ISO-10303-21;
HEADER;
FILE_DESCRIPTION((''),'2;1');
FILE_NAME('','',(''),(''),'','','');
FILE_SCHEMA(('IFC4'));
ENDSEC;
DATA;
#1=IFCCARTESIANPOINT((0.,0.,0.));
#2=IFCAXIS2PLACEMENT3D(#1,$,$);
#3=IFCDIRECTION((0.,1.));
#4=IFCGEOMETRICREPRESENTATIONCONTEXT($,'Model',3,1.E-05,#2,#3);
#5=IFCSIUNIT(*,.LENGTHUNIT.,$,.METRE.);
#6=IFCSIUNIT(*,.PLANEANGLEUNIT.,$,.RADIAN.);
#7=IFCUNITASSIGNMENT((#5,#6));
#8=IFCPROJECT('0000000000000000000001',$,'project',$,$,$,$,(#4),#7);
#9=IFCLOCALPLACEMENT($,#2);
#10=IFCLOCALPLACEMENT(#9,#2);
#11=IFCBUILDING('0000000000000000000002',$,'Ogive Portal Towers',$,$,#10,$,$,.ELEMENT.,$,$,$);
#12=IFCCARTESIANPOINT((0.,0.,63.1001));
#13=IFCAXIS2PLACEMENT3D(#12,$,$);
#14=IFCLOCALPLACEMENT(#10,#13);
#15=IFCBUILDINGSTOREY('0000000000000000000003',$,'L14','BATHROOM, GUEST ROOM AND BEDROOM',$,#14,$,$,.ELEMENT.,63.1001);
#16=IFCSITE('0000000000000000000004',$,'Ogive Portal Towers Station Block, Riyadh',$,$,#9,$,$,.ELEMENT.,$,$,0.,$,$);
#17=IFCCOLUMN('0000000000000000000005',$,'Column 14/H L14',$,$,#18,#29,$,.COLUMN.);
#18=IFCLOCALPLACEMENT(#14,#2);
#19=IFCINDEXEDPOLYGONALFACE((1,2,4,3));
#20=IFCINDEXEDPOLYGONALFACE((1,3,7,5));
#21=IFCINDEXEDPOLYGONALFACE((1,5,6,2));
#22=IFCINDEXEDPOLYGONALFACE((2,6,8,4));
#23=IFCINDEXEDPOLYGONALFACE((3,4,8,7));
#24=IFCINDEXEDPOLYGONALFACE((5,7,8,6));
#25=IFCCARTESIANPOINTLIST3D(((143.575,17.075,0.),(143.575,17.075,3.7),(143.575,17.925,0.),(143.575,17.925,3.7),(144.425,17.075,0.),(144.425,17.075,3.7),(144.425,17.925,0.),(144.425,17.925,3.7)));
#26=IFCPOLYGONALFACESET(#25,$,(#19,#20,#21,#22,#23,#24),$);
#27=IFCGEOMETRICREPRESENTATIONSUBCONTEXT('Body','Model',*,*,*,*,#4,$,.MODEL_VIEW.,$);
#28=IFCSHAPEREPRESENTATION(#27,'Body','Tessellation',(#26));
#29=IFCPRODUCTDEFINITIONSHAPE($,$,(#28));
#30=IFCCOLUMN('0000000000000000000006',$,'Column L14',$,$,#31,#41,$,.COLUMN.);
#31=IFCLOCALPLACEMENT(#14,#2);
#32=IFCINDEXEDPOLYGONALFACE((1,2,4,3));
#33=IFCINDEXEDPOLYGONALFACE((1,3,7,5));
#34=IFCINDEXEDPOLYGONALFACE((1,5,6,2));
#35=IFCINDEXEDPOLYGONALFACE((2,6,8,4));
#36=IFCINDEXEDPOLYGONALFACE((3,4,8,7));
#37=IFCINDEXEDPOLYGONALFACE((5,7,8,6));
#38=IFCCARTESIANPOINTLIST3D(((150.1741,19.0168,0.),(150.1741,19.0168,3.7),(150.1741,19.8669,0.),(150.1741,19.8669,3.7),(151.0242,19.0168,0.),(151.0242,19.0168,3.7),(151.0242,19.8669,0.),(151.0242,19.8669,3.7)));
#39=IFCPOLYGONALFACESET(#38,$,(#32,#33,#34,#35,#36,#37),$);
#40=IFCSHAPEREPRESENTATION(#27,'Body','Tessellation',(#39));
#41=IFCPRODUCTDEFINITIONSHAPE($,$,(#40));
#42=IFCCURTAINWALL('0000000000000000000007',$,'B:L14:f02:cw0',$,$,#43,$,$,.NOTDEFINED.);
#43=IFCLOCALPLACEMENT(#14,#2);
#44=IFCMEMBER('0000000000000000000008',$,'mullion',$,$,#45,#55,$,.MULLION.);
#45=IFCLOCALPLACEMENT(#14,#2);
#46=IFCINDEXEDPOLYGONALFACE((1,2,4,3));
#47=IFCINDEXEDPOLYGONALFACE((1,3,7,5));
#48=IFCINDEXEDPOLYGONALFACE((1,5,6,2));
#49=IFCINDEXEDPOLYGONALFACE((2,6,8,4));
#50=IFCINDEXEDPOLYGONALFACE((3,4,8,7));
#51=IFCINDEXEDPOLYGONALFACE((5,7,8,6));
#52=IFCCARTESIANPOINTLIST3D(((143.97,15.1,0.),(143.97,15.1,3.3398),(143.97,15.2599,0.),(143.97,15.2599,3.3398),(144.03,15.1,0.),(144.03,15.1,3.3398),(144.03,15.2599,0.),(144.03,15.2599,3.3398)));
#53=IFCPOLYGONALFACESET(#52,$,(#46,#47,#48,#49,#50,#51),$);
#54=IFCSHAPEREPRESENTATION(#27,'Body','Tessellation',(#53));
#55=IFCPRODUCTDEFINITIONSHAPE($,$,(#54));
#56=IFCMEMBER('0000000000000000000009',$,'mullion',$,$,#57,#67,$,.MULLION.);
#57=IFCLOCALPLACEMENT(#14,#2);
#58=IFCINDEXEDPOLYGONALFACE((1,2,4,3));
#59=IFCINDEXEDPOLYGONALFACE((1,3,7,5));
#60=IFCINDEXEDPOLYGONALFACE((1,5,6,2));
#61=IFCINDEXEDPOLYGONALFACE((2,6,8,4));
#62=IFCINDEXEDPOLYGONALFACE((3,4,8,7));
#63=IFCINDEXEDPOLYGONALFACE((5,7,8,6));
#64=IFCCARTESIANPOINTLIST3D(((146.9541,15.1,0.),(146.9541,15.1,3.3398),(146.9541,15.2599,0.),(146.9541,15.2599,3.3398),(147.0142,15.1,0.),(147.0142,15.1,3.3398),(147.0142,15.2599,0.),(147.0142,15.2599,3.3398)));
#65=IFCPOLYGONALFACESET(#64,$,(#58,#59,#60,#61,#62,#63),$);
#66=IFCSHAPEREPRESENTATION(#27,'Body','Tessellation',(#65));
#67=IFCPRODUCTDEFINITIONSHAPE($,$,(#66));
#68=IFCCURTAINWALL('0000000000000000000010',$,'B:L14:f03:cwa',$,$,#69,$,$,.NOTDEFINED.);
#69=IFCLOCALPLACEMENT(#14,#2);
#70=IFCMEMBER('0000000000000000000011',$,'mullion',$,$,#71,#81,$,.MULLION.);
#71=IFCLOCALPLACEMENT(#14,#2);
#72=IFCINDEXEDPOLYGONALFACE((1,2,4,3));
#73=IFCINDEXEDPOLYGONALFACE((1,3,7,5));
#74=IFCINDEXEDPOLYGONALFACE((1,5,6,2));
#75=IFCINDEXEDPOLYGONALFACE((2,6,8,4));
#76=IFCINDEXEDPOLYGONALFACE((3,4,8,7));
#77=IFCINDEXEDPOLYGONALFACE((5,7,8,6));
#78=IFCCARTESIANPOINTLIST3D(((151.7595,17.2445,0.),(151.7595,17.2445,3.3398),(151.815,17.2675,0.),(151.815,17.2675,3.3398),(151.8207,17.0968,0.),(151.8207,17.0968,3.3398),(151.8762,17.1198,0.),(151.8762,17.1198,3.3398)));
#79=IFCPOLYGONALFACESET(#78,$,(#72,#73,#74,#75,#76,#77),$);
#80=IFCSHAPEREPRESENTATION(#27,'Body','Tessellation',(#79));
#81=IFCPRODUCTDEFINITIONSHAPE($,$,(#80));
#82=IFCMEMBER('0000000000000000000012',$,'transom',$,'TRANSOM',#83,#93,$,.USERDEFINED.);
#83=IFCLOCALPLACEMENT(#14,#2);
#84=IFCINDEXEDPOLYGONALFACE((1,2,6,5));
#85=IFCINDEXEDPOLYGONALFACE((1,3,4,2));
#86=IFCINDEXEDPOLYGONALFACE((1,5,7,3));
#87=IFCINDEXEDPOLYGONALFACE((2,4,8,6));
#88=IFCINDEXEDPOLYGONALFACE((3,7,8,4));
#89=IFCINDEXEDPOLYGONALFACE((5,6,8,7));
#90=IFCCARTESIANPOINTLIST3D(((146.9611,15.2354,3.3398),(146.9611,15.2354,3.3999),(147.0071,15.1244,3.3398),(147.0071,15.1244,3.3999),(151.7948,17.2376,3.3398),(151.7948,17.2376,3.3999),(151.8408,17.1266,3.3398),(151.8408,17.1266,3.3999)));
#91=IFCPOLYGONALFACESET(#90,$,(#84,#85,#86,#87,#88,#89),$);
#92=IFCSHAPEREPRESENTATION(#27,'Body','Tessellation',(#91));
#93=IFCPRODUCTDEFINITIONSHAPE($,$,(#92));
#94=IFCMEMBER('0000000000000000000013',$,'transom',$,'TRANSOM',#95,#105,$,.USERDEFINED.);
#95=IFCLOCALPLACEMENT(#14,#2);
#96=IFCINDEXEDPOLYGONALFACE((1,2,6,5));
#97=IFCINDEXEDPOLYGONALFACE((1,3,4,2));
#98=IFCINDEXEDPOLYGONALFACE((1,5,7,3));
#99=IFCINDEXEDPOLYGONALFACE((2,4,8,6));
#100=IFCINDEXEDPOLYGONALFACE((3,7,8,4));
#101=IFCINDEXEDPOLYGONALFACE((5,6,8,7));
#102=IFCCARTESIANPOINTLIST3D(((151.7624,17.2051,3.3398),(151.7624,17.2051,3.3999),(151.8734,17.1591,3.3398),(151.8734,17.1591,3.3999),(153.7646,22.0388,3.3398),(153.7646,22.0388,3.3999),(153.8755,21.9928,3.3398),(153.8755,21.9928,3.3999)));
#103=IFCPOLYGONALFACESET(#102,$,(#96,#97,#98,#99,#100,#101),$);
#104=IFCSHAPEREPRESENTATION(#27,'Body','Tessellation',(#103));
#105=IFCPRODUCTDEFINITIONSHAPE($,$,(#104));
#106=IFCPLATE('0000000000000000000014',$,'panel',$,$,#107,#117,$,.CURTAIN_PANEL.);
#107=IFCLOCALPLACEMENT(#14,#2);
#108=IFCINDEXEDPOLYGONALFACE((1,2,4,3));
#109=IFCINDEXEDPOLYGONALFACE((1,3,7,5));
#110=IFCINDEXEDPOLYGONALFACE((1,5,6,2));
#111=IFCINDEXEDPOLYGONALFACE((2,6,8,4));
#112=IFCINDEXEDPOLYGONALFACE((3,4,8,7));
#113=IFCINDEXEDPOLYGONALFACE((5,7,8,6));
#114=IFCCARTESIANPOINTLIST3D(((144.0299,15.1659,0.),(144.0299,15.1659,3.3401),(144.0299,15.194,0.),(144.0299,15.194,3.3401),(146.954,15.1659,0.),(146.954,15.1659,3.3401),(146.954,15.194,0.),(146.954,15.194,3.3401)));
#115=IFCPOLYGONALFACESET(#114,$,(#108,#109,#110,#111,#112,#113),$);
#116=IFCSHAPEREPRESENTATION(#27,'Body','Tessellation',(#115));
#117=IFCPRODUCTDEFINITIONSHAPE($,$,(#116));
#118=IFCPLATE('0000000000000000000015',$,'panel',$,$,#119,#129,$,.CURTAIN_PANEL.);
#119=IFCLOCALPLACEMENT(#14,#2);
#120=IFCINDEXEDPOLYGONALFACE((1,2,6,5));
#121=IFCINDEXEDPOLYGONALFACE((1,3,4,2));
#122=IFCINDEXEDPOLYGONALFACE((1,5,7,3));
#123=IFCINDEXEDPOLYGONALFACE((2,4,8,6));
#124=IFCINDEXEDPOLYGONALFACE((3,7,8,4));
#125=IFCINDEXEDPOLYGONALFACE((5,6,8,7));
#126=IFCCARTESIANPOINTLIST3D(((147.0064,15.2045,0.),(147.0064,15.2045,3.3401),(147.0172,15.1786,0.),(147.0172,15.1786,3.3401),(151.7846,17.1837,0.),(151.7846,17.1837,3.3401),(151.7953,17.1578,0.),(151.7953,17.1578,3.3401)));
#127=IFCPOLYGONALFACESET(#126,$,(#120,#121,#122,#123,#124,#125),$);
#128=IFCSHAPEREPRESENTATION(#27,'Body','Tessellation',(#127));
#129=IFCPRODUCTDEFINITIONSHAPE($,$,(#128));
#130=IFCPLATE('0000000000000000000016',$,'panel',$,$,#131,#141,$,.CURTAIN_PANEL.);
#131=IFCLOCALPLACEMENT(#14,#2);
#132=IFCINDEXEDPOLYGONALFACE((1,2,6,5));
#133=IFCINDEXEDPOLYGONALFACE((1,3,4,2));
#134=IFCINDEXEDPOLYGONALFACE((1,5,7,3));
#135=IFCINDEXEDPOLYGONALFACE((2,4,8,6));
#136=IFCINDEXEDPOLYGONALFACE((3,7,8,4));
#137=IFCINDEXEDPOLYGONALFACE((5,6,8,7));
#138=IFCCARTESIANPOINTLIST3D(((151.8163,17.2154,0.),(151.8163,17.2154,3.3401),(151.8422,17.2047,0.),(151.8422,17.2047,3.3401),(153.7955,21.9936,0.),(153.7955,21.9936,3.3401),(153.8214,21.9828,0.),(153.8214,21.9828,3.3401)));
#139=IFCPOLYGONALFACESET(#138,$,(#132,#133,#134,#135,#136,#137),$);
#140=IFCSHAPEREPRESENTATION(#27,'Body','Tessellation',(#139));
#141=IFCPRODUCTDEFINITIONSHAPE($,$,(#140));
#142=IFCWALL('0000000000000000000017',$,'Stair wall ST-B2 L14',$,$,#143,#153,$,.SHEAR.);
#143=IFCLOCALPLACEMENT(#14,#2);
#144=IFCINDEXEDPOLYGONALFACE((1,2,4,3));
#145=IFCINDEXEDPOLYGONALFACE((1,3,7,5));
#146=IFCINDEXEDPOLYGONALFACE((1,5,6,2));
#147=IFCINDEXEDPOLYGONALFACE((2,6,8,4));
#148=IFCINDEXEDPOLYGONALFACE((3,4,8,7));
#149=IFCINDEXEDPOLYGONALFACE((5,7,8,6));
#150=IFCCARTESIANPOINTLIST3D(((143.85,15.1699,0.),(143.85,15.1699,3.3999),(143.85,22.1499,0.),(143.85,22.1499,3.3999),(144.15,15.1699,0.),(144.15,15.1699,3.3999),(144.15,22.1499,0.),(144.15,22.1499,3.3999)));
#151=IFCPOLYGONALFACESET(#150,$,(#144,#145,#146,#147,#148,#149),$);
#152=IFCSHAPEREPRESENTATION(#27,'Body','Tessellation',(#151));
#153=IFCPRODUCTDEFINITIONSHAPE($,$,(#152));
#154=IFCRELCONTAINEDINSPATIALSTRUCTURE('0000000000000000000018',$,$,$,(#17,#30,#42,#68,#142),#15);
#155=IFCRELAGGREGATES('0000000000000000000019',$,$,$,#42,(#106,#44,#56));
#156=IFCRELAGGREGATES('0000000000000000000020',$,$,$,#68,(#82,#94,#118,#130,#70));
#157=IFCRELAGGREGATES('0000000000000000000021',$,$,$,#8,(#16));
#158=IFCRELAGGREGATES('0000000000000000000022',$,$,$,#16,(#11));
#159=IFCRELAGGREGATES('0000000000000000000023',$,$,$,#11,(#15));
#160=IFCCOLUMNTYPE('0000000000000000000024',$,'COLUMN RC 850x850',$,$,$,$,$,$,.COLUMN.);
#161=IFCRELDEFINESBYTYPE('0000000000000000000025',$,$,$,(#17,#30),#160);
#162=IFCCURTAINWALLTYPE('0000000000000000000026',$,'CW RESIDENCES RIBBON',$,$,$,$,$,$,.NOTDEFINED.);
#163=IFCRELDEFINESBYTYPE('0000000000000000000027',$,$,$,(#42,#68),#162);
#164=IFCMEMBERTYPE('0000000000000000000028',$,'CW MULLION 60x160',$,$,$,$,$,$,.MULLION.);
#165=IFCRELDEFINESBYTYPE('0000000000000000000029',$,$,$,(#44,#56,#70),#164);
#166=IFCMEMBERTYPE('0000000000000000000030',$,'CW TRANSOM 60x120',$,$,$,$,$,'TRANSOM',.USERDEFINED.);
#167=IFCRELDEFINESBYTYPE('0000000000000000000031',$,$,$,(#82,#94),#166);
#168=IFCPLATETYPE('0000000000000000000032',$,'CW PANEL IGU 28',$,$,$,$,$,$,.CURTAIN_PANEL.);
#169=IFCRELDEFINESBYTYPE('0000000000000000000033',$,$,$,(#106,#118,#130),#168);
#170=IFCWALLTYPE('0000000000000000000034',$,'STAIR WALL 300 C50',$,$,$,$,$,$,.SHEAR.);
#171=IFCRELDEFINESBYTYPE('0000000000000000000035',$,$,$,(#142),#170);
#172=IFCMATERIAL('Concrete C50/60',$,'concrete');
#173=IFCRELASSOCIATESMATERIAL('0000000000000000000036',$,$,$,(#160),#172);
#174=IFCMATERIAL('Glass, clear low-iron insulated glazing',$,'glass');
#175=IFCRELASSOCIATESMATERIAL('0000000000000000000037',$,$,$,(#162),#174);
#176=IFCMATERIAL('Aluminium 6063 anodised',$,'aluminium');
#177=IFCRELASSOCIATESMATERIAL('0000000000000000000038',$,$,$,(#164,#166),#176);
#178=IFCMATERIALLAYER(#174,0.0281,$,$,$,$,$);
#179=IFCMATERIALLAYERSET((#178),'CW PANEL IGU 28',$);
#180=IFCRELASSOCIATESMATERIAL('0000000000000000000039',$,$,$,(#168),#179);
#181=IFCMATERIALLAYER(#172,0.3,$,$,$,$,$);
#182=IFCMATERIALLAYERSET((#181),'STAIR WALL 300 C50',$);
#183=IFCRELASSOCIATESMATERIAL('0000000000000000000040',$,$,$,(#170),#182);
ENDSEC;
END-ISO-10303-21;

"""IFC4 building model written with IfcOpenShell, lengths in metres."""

from ifc_helpers import new_model, si_unit, direction, frame, frame_2d, origin, origin_2d, place, context, subcontext, project, spatial, rectangle, extrude, material, layer, layer_set, material_profile, profile_set, type_object, element, aggregate, save


model = new_model("IFC4")

# Units and contexts
model_context = context("Model", 3, precision=1e-05, world=origin(), true_north=direction((0.0, 1.0)))
body_context = subcontext(model_context, "Body", "Model", "MODEL_VIEW")
ifc_project = project(units=[si_unit("LENGTHUNIT", "METRE"), si_unit("PLANEANGLEUNIT", "RADIAN")], contexts=[model_context])

# Site, building, storey
site_placement = place(None, origin())
site = spatial("IfcSite", under=ifc_project, at=site_placement, Name="Ogive Portal Towers Station Block, Riyadh", CompositionType="ELEMENT", RefElevation=0.0)
building_placement = place(site_placement, origin())
building = spatial("IfcBuilding", under=site, at=building_placement, Name="Ogive Portal Towers", CompositionType="ELEMENT")
storey_placement = place(building_placement, frame((0.0, 0.0, 63.1001)))
storey = spatial("IfcBuildingStorey", under=building, at=storey_placement, Name="L14", Description="BATHROOM, GUEST ROOM AND BEDROOM", CompositionType="ELEMENT", Elevation=63.1001)

# Columns
ifc_material_1 = material(Name="Concrete C50/60", Category="concrete")
ifc_material_profile_1 = material_profile(ifc_material_1, rectangle(XDim=0.8501, YDim=0.8501, at=origin_2d()), Name="RC 850x850")
ifc_profile_set_1 = profile_set([ifc_material_profile_1], Name="Concrete C50/60")
column_type = type_object("IfcColumnType", Name="COLUMN RC 850x850", PredefinedType="COLUMN", material=ifc_profile_set_1)
for number, where, z_axis, x_axis, name in (
    (1, (144.0, 17.5, 0.0), (0.0, 0.0, 1.0), (1.0, 0.0, 0.0), "Column 14/H L14"),
    (2, (150.5991, 19.4419, 0.0), (0.0, 0.0, 1.0), (1.0, 0.0, 0.0), "Column L14"),
):
    element("IfcColumn", number, at=place(storey_placement, frame(where, z_axis=z_axis, x_axis=x_axis)), inside=storey, type_object=column_type, Name=name, PredefinedType="COLUMN", context=body_context, shape_type="SweptSolid", body=[
        extrude(rectangle(XDim=0.8501, YDim=0.8501, at=origin_2d()), origin(), (0.0, 0.0, 1.0), 3.7),
    ])

# Curtain walls, members
ifc_material_2 = material(Name="Glass, clear low-iron insulated glazing", Category="glass")
curtain_wall_type = type_object("IfcCurtainWallType", Name="CW RESIDENCES RIBBON", PredefinedType="NOTDEFINED", material=ifc_material_2)
curtain_wall_1_placement = place(storey_placement, origin())
curtain_wall_1 = element("IfcCurtainWall", 3, at=curtain_wall_1_placement, inside=storey, type_object=curtain_wall_type, Name="B:L14:f02:cw0", PredefinedType="NOTDEFINED")
ifc_material_3 = material(Name="Aluminium 6063 anodised", Category="aluminium")
ifc_material_profile_2 = material_profile(ifc_material_3, rectangle(XDim=0.1599, YDim=0.0601, at=origin_2d()), Name="AL 60x160")
ifc_profile_set_2 = profile_set([ifc_material_profile_2], Name="Aluminium 6063 anodised")
member_type_1 = type_object("IfcMemberType", Name="CW MULLION 60x160", PredefinedType="MULLION", material=ifc_profile_set_2)
member_1_placement = place(storey_placement, frame((144.0, 15.1799, 0.0), z_axis=(0.0, 0.0, 1.0), x_axis=(0.0, 1.0, 0.0)))
member_1 = element("IfcMember", 4, at=member_1_placement, type_object=member_type_1, Name="mullion", PredefinedType="MULLION", context=body_context, shape_type="SweptSolid", body=[
    extrude(rectangle(XDim=0.1599, YDim=0.0601, at=origin_2d()), origin(), (0.0, 0.0, 1.0), 3.3398),
])
member_2_placement = place(storey_placement, frame((146.9841, 15.1799, 0.0), z_axis=(0.0, 0.0, 1.0), x_axis=(0.0, 1.0, 0.0)))
member_2 = element("IfcMember", 5, at=member_2_placement, type_object=member_type_1, Name="mullion", PredefinedType="MULLION", context=body_context, shape_type="SweptSolid", body=[
    extrude(rectangle(XDim=0.1599, YDim=0.0601, at=origin_2d()), origin(), (0.0, 0.0, 1.0), 3.3398),
])
curtain_wall_2_placement = place(storey_placement, origin())
curtain_wall_2 = element("IfcCurtainWall", 6, at=curtain_wall_2_placement, inside=storey, type_object=curtain_wall_type, Name="B:L14:f03:cwa", PredefinedType="NOTDEFINED")
member_3_placement = place(storey_placement, frame((151.8179, 17.1821, 0.0), z_axis=(0.0, 0.0, 1.0), x_axis=(-0.382683, 0.92388, 0.0)))
member_3 = element("IfcMember", 7, at=member_3_placement, type_object=member_type_1, Name="mullion", PredefinedType="MULLION", context=body_context, shape_type="SweptSolid", body=[
    extrude(rectangle(XDim=0.1599, YDim=0.0601, at=origin_2d()), origin(), (0.0, 0.0, 1.0), 3.3398),
])
ifc_material_profile_3 = material_profile(ifc_material_3, rectangle(XDim=0.1201, YDim=0.0601, at=origin_2d()), Name="AL 120x60")
ifc_profile_set_3 = profile_set([ifc_material_profile_3], Name="Aluminium 6063 anodised")
member_type_2 = type_object("IfcMemberType", Name="CW TRANSOM 60x120", ElementType="TRANSOM", PredefinedType="USERDEFINED", material=ifc_profile_set_3)
member_4_placement = place(storey_placement, frame((146.9841, 15.1799, 3.3699), z_axis=(0.92388, 0.382683, 0.0), x_axis=(-0.382683, 0.92388, 0.0)))
member_4 = element("IfcMember", 8, at=member_4_placement, type_object=member_type_2, Name="transom", ObjectType="TRANSOM", PredefinedType="USERDEFINED", context=body_context, shape_type="SweptSolid", body=[
    extrude(rectangle(XDim=0.1201, YDim=0.0601, at=origin_2d()), origin(), (0.0, 0.0, 1.0), 5.2319),
])
member_5_placement = place(storey_placement, frame((151.8179, 17.1821, 3.3699), z_axis=(0.382683, 0.92388, 0.0), x_axis=(-0.92388, 0.382683, 0.0)))
member_5 = element("IfcMember", 9, at=member_5_placement, type_object=member_type_2, Name="transom", ObjectType="TRANSOM", PredefinedType="USERDEFINED", context=body_context, shape_type="SweptSolid", body=[
    extrude(rectangle(XDim=0.1201, YDim=0.0601, at=origin_2d()), origin(), (0.0, 0.0, 1.0), 5.2319),
])

# Plates
ifc_layer_1 = layer(ifc_material_2, 0.0281)
ifc_layer_set_1 = layer_set([ifc_layer_1], Name="CW PANEL IGU 28")
plate_type = type_object("IfcPlateType", Name="CW PANEL IGU 28", PredefinedType="CURTAIN_PANEL", material=ifc_layer_set_1)
plate_1_placement = place(storey_placement, frame((145.4919, 15.1799, 0.0), z_axis=(0.0, 0.0, 1.0), x_axis=(1.0, 0.0, 0.0)))
plate_1 = element("IfcPlate", 10, at=plate_1_placement, type_object=plate_type, Name="panel", PredefinedType="CURTAIN_PANEL", context=body_context, shape_type="SweptSolid", body=[
    extrude(rectangle(XDim=2.9241, YDim=0.0281, at=origin_2d()), origin(), (0.0, 0.0, 1.0), 3.3401),
])
aggregate(curtain_wall_1, [plate_1, member_1, member_2])
plate_2_placement = place(storey_placement, frame((149.4009, 16.1812, 0.0), z_axis=(0.0, 0.0, 1.0), x_axis=(0.92388, 0.382683, 0.0)))
plate_2 = element("IfcPlate", 11, at=plate_2_placement, type_object=plate_type, Name="panel", PredefinedType="CURTAIN_PANEL", context=body_context, shape_type="SweptSolid", body=[
    extrude(rectangle(XDim=5.1719, YDim=0.0281, at=origin_2d()), origin(), (0.0, 0.0, 1.0), 3.3401),
])
plate_3_placement = place(storey_placement, frame((152.8188, 19.5991, 0.0), z_axis=(0.0, 0.0, 1.0), x_axis=(0.382683, 0.92388, 0.0)))
plate_3 = element("IfcPlate", 12, at=plate_3_placement, type_object=plate_type, Name="panel", PredefinedType="CURTAIN_PANEL", context=body_context, shape_type="SweptSolid", body=[
    extrude(rectangle(XDim=5.1719, YDim=0.0281, at=origin_2d()), origin(), (0.0, 0.0, 1.0), 3.3401),
])
aggregate(curtain_wall_2, [member_4, member_5, plate_2, plate_3, member_3])

# Wall
ifc_layer_2 = layer(ifc_material_1, 0.3)
ifc_layer_set_2 = layer_set([ifc_layer_2], Name="STAIR WALL 300 C50")
wall_type_1 = type_object("IfcWallType", Name="STAIR WALL 300 C50", PredefinedType="SHEAR", material=ifc_layer_set_2)
wall_1_placement = place(storey_placement, frame((144.0, 15.1699, 0.0), z_axis=(0.0, 0.0, 1.0), x_axis=(0.0, 1.0, 0.0)))
element("IfcWall", 13, at=wall_1_placement, inside=storey, type_object=wall_type_1, Name="Stair wall ST-B2 L14", PredefinedType="SHEAR", context=body_context, shape_type="SweptSolid", body=[
    extrude(rectangle(XDim=6.98, YDim=0.3, at=frame_2d((3.49, 0.0))), origin(), (0.0, 0.0, 1.0), 3.3999),
])

save(model, "model.ifc")
